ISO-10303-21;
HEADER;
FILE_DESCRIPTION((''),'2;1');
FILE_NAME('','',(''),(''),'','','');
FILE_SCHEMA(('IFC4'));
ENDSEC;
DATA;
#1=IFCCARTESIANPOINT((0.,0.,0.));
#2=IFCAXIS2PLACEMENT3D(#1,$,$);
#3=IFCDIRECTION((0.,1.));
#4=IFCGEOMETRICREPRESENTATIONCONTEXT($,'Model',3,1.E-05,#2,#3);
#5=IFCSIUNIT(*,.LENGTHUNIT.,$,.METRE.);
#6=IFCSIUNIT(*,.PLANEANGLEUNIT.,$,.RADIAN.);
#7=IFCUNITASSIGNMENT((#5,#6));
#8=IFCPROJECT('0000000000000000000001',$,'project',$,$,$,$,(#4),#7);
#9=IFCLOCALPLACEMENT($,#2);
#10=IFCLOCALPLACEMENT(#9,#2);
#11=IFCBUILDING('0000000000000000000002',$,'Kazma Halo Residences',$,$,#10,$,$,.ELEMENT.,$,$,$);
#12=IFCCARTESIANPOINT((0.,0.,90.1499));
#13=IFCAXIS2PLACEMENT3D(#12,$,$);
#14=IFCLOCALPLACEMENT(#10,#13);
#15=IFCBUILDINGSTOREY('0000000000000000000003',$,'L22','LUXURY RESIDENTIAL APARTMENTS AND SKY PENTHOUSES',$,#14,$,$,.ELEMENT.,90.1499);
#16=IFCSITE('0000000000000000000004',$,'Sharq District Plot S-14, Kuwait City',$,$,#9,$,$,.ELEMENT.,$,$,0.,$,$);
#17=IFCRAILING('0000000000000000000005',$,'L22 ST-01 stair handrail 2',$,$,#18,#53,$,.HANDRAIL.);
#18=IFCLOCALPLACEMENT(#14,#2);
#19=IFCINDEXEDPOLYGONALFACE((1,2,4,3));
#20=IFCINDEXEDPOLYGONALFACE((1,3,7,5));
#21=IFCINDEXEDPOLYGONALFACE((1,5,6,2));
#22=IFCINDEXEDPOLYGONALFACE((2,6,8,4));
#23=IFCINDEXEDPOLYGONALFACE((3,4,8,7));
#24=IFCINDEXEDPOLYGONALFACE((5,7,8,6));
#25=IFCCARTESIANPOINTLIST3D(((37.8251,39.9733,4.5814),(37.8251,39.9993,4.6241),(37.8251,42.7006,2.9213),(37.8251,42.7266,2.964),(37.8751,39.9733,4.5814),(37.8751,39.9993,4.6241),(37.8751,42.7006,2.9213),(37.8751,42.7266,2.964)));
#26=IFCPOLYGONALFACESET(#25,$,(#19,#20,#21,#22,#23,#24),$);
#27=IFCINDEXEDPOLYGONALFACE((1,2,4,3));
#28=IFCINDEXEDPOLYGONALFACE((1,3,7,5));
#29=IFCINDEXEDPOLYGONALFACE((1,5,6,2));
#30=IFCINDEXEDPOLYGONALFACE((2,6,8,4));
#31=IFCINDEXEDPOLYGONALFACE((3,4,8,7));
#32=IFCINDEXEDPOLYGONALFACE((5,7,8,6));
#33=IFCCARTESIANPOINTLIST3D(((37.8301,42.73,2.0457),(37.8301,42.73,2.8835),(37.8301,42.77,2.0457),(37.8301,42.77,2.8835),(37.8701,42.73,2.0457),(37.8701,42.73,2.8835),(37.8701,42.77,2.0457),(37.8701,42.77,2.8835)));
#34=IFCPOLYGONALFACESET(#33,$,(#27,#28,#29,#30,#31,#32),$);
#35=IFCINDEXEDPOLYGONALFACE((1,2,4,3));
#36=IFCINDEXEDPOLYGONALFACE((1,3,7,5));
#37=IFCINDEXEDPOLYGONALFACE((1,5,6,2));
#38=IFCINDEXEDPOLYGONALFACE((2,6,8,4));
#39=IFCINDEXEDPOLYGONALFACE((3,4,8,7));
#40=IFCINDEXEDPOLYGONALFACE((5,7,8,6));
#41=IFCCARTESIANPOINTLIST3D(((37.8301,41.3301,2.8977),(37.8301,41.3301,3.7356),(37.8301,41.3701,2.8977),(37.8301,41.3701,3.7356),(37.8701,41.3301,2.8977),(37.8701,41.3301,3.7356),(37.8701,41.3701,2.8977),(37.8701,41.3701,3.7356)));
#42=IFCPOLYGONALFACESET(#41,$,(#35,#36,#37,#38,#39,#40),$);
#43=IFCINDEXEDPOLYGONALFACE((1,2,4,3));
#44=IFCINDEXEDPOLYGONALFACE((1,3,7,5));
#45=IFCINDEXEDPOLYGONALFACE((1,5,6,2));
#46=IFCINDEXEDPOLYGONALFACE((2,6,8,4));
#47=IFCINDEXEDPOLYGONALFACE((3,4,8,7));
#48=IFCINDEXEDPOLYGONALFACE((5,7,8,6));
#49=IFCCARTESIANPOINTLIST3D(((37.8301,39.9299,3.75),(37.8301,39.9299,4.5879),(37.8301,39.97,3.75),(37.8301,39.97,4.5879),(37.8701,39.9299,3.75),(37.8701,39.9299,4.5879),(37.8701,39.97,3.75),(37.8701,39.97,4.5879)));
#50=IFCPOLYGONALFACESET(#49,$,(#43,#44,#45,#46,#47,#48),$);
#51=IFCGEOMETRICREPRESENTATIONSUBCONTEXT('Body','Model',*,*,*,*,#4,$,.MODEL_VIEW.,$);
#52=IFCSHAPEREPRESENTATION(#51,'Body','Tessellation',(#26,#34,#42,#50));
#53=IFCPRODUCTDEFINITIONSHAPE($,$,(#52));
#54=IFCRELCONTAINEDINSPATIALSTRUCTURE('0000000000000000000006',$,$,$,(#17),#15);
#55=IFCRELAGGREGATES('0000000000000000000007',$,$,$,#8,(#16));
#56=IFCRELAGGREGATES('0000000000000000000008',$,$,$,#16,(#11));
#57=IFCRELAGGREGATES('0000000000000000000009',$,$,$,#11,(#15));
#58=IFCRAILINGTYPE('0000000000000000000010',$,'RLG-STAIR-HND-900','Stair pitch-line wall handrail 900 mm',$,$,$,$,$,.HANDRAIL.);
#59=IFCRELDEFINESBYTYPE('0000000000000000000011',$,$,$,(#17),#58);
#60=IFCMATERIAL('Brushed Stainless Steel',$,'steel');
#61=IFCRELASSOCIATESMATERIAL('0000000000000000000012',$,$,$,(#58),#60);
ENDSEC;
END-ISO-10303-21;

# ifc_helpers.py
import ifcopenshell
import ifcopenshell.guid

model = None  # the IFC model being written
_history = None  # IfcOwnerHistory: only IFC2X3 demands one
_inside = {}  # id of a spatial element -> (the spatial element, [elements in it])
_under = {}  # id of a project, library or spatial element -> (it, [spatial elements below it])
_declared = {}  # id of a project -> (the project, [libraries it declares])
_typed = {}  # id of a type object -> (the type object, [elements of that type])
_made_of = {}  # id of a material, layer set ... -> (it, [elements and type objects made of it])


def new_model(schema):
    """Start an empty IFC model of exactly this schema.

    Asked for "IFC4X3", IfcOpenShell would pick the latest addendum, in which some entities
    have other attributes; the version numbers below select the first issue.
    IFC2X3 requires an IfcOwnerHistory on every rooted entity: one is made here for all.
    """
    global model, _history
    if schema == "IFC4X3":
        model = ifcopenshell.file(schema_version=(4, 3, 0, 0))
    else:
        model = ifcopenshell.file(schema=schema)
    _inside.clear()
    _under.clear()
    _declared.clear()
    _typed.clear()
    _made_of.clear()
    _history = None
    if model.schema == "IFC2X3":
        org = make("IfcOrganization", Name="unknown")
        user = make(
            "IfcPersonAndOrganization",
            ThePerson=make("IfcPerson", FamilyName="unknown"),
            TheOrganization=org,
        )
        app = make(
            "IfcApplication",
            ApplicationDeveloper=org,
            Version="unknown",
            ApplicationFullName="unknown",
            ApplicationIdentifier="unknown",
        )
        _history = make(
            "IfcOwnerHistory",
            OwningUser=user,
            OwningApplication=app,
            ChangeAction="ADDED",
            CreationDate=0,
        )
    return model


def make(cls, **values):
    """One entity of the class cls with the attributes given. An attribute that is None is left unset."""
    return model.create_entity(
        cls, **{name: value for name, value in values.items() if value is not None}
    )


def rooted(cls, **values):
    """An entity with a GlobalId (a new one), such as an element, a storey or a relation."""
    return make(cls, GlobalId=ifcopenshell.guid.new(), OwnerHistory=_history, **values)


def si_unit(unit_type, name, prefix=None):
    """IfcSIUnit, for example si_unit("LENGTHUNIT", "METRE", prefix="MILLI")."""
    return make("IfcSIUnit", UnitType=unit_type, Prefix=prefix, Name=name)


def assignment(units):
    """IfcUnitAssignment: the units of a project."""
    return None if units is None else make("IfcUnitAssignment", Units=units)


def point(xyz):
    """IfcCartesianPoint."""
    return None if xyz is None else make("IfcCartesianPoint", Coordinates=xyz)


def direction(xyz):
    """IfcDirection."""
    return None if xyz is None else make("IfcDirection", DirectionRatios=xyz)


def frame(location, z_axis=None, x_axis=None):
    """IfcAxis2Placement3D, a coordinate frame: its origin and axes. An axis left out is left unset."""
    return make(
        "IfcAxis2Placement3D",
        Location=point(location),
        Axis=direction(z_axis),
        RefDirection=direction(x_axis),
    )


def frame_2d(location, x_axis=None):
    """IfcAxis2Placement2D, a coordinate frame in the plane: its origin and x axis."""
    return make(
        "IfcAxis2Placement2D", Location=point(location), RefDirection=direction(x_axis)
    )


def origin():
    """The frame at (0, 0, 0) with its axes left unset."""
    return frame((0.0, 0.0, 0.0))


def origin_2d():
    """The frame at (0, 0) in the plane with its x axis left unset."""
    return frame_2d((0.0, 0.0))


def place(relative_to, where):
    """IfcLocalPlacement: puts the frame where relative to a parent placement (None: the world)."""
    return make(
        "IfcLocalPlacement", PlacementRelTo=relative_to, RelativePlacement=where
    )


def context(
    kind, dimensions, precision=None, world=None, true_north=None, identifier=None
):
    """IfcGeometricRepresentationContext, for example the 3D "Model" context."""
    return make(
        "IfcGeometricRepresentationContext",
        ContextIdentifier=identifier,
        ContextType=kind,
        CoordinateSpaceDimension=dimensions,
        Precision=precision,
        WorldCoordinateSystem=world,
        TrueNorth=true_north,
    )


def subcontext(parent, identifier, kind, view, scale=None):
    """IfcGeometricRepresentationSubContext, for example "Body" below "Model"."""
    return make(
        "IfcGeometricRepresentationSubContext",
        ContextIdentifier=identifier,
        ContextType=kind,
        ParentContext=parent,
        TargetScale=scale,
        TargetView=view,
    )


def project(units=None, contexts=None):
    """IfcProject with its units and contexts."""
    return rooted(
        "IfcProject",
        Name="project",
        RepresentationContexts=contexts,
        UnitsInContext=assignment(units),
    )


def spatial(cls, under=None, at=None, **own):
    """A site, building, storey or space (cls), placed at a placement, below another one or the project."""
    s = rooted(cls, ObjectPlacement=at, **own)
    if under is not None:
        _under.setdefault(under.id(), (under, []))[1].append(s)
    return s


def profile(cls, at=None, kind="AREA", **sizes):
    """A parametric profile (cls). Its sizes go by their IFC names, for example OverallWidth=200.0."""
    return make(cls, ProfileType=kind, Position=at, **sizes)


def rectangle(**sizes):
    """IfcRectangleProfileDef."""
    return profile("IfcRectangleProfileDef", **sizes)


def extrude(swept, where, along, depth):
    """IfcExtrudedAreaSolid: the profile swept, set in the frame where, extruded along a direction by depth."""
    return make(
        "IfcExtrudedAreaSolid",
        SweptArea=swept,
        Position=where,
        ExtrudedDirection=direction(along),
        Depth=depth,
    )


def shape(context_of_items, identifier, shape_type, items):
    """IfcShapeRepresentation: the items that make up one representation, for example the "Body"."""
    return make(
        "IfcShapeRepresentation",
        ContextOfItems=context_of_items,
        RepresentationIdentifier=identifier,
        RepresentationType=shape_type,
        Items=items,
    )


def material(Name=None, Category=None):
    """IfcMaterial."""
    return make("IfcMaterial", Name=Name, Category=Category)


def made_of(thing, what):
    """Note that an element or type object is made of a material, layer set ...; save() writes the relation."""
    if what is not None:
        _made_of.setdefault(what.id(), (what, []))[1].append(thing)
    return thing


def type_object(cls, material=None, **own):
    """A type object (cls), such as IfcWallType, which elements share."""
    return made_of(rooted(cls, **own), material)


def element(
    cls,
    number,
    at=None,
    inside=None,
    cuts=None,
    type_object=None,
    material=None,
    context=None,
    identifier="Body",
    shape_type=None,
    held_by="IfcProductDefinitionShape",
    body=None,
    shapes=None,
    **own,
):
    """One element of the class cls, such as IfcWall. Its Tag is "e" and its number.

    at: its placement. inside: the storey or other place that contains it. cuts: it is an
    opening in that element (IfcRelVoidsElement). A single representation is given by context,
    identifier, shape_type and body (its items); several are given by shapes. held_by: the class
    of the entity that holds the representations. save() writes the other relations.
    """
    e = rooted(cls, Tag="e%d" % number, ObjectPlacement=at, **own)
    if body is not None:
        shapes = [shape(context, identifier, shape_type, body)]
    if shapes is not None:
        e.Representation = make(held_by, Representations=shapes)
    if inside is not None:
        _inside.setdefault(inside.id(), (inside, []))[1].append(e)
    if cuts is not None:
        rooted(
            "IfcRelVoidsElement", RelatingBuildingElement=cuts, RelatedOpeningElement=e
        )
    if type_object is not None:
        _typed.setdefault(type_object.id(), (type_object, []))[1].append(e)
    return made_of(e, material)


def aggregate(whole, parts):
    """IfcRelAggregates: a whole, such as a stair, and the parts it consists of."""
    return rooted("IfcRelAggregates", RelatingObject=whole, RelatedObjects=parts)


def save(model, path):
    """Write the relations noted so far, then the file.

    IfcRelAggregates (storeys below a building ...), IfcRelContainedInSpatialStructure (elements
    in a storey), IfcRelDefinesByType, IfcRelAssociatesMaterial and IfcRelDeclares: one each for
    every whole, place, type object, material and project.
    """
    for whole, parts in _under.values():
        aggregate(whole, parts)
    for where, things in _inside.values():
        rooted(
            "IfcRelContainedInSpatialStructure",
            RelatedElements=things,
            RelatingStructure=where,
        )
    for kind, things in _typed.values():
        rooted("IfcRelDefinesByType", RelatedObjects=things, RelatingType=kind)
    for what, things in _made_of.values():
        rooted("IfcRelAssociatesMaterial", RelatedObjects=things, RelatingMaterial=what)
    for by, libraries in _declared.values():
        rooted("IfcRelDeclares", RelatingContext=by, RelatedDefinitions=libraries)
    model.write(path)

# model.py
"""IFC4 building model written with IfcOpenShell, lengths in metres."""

from ifc_helpers import new_model, si_unit, direction, frame, origin, origin_2d, place, context, subcontext, project, spatial, rectangle, extrude, material, type_object, element, save


model = new_model("IFC4")

# Units and contexts
model_context = context("Model", 3, precision=1e-05, world=origin(), true_north=direction((0.0, 1.0)))
body_context = subcontext(model_context, "Body", "Model", "MODEL_VIEW")
ifc_project = project(units=[si_unit("LENGTHUNIT", "METRE"), si_unit("PLANEANGLEUNIT", "RADIAN")], contexts=[model_context])

# Site, building, storey
site_placement = place(None, origin())
site = spatial("IfcSite", under=ifc_project, at=site_placement, Name="Sharq District Plot S-14, Kuwait City", CompositionType="ELEMENT", RefElevation=0.0)
building_placement = place(site_placement, origin())
building = spatial("IfcBuilding", under=site, at=building_placement, Name="Kazma Halo Residences", CompositionType="ELEMENT")
storey_placement = place(building_placement, frame((0.0, 0.0, 90.1499)))
storey = spatial("IfcBuildingStorey", under=building, at=storey_placement, Name="L22", Description="LUXURY RESIDENTIAL APARTMENTS AND SKY PENTHOUSES", CompositionType="ELEMENT", Elevation=90.1499)

# Railing
ifc_material_1 = material(Name="Brushed Stainless Steel", Category="steel")
railing_type_1 = type_object("IfcRailingType", Name="RLG-STAIR-HND-900", Description="Stair pitch-line wall handrail 900 mm", PredefinedType="HANDRAIL", material=ifc_material_1)
railing_1_placement = place(storey_placement, frame((37.8501, 42.75, 2.0457)))
element("IfcRailing", 1, at=railing_1_placement, inside=storey, type_object=railing_type_1, Name="L22 ST-01 stair handrail 2", PredefinedType="HANDRAIL", context=body_context, shape_type="SweptSolid", body=[
    extrude(rectangle(XDim=0.05, YDim=0.05, at=origin_2d()), frame((0.0, -0.0364, 0.897), z_axis=(0.0, -0.854203, 0.51994), x_axis=(1.0, 0.0, 0.0)), (0.0, 0.0, 1.0), 3.1929),
    extrude(rectangle(XDim=0.04, YDim=0.04, at=origin_2d()), origin(), (0.0, 0.0, 1.0), 0.8379),
    extrude(rectangle(XDim=0.04, YDim=0.04, at=origin_2d()), frame((0.0, -1.3999, 0.8521)), (0.0, 0.0, 1.0), 0.8379),
    extrude(rectangle(XDim=0.04, YDim=0.04, at=origin_2d()), frame((0.0, -2.8, 1.7043)), (0.0, 0.0, 1.0), 0.8379),
])

save(model, "model.ifc")
